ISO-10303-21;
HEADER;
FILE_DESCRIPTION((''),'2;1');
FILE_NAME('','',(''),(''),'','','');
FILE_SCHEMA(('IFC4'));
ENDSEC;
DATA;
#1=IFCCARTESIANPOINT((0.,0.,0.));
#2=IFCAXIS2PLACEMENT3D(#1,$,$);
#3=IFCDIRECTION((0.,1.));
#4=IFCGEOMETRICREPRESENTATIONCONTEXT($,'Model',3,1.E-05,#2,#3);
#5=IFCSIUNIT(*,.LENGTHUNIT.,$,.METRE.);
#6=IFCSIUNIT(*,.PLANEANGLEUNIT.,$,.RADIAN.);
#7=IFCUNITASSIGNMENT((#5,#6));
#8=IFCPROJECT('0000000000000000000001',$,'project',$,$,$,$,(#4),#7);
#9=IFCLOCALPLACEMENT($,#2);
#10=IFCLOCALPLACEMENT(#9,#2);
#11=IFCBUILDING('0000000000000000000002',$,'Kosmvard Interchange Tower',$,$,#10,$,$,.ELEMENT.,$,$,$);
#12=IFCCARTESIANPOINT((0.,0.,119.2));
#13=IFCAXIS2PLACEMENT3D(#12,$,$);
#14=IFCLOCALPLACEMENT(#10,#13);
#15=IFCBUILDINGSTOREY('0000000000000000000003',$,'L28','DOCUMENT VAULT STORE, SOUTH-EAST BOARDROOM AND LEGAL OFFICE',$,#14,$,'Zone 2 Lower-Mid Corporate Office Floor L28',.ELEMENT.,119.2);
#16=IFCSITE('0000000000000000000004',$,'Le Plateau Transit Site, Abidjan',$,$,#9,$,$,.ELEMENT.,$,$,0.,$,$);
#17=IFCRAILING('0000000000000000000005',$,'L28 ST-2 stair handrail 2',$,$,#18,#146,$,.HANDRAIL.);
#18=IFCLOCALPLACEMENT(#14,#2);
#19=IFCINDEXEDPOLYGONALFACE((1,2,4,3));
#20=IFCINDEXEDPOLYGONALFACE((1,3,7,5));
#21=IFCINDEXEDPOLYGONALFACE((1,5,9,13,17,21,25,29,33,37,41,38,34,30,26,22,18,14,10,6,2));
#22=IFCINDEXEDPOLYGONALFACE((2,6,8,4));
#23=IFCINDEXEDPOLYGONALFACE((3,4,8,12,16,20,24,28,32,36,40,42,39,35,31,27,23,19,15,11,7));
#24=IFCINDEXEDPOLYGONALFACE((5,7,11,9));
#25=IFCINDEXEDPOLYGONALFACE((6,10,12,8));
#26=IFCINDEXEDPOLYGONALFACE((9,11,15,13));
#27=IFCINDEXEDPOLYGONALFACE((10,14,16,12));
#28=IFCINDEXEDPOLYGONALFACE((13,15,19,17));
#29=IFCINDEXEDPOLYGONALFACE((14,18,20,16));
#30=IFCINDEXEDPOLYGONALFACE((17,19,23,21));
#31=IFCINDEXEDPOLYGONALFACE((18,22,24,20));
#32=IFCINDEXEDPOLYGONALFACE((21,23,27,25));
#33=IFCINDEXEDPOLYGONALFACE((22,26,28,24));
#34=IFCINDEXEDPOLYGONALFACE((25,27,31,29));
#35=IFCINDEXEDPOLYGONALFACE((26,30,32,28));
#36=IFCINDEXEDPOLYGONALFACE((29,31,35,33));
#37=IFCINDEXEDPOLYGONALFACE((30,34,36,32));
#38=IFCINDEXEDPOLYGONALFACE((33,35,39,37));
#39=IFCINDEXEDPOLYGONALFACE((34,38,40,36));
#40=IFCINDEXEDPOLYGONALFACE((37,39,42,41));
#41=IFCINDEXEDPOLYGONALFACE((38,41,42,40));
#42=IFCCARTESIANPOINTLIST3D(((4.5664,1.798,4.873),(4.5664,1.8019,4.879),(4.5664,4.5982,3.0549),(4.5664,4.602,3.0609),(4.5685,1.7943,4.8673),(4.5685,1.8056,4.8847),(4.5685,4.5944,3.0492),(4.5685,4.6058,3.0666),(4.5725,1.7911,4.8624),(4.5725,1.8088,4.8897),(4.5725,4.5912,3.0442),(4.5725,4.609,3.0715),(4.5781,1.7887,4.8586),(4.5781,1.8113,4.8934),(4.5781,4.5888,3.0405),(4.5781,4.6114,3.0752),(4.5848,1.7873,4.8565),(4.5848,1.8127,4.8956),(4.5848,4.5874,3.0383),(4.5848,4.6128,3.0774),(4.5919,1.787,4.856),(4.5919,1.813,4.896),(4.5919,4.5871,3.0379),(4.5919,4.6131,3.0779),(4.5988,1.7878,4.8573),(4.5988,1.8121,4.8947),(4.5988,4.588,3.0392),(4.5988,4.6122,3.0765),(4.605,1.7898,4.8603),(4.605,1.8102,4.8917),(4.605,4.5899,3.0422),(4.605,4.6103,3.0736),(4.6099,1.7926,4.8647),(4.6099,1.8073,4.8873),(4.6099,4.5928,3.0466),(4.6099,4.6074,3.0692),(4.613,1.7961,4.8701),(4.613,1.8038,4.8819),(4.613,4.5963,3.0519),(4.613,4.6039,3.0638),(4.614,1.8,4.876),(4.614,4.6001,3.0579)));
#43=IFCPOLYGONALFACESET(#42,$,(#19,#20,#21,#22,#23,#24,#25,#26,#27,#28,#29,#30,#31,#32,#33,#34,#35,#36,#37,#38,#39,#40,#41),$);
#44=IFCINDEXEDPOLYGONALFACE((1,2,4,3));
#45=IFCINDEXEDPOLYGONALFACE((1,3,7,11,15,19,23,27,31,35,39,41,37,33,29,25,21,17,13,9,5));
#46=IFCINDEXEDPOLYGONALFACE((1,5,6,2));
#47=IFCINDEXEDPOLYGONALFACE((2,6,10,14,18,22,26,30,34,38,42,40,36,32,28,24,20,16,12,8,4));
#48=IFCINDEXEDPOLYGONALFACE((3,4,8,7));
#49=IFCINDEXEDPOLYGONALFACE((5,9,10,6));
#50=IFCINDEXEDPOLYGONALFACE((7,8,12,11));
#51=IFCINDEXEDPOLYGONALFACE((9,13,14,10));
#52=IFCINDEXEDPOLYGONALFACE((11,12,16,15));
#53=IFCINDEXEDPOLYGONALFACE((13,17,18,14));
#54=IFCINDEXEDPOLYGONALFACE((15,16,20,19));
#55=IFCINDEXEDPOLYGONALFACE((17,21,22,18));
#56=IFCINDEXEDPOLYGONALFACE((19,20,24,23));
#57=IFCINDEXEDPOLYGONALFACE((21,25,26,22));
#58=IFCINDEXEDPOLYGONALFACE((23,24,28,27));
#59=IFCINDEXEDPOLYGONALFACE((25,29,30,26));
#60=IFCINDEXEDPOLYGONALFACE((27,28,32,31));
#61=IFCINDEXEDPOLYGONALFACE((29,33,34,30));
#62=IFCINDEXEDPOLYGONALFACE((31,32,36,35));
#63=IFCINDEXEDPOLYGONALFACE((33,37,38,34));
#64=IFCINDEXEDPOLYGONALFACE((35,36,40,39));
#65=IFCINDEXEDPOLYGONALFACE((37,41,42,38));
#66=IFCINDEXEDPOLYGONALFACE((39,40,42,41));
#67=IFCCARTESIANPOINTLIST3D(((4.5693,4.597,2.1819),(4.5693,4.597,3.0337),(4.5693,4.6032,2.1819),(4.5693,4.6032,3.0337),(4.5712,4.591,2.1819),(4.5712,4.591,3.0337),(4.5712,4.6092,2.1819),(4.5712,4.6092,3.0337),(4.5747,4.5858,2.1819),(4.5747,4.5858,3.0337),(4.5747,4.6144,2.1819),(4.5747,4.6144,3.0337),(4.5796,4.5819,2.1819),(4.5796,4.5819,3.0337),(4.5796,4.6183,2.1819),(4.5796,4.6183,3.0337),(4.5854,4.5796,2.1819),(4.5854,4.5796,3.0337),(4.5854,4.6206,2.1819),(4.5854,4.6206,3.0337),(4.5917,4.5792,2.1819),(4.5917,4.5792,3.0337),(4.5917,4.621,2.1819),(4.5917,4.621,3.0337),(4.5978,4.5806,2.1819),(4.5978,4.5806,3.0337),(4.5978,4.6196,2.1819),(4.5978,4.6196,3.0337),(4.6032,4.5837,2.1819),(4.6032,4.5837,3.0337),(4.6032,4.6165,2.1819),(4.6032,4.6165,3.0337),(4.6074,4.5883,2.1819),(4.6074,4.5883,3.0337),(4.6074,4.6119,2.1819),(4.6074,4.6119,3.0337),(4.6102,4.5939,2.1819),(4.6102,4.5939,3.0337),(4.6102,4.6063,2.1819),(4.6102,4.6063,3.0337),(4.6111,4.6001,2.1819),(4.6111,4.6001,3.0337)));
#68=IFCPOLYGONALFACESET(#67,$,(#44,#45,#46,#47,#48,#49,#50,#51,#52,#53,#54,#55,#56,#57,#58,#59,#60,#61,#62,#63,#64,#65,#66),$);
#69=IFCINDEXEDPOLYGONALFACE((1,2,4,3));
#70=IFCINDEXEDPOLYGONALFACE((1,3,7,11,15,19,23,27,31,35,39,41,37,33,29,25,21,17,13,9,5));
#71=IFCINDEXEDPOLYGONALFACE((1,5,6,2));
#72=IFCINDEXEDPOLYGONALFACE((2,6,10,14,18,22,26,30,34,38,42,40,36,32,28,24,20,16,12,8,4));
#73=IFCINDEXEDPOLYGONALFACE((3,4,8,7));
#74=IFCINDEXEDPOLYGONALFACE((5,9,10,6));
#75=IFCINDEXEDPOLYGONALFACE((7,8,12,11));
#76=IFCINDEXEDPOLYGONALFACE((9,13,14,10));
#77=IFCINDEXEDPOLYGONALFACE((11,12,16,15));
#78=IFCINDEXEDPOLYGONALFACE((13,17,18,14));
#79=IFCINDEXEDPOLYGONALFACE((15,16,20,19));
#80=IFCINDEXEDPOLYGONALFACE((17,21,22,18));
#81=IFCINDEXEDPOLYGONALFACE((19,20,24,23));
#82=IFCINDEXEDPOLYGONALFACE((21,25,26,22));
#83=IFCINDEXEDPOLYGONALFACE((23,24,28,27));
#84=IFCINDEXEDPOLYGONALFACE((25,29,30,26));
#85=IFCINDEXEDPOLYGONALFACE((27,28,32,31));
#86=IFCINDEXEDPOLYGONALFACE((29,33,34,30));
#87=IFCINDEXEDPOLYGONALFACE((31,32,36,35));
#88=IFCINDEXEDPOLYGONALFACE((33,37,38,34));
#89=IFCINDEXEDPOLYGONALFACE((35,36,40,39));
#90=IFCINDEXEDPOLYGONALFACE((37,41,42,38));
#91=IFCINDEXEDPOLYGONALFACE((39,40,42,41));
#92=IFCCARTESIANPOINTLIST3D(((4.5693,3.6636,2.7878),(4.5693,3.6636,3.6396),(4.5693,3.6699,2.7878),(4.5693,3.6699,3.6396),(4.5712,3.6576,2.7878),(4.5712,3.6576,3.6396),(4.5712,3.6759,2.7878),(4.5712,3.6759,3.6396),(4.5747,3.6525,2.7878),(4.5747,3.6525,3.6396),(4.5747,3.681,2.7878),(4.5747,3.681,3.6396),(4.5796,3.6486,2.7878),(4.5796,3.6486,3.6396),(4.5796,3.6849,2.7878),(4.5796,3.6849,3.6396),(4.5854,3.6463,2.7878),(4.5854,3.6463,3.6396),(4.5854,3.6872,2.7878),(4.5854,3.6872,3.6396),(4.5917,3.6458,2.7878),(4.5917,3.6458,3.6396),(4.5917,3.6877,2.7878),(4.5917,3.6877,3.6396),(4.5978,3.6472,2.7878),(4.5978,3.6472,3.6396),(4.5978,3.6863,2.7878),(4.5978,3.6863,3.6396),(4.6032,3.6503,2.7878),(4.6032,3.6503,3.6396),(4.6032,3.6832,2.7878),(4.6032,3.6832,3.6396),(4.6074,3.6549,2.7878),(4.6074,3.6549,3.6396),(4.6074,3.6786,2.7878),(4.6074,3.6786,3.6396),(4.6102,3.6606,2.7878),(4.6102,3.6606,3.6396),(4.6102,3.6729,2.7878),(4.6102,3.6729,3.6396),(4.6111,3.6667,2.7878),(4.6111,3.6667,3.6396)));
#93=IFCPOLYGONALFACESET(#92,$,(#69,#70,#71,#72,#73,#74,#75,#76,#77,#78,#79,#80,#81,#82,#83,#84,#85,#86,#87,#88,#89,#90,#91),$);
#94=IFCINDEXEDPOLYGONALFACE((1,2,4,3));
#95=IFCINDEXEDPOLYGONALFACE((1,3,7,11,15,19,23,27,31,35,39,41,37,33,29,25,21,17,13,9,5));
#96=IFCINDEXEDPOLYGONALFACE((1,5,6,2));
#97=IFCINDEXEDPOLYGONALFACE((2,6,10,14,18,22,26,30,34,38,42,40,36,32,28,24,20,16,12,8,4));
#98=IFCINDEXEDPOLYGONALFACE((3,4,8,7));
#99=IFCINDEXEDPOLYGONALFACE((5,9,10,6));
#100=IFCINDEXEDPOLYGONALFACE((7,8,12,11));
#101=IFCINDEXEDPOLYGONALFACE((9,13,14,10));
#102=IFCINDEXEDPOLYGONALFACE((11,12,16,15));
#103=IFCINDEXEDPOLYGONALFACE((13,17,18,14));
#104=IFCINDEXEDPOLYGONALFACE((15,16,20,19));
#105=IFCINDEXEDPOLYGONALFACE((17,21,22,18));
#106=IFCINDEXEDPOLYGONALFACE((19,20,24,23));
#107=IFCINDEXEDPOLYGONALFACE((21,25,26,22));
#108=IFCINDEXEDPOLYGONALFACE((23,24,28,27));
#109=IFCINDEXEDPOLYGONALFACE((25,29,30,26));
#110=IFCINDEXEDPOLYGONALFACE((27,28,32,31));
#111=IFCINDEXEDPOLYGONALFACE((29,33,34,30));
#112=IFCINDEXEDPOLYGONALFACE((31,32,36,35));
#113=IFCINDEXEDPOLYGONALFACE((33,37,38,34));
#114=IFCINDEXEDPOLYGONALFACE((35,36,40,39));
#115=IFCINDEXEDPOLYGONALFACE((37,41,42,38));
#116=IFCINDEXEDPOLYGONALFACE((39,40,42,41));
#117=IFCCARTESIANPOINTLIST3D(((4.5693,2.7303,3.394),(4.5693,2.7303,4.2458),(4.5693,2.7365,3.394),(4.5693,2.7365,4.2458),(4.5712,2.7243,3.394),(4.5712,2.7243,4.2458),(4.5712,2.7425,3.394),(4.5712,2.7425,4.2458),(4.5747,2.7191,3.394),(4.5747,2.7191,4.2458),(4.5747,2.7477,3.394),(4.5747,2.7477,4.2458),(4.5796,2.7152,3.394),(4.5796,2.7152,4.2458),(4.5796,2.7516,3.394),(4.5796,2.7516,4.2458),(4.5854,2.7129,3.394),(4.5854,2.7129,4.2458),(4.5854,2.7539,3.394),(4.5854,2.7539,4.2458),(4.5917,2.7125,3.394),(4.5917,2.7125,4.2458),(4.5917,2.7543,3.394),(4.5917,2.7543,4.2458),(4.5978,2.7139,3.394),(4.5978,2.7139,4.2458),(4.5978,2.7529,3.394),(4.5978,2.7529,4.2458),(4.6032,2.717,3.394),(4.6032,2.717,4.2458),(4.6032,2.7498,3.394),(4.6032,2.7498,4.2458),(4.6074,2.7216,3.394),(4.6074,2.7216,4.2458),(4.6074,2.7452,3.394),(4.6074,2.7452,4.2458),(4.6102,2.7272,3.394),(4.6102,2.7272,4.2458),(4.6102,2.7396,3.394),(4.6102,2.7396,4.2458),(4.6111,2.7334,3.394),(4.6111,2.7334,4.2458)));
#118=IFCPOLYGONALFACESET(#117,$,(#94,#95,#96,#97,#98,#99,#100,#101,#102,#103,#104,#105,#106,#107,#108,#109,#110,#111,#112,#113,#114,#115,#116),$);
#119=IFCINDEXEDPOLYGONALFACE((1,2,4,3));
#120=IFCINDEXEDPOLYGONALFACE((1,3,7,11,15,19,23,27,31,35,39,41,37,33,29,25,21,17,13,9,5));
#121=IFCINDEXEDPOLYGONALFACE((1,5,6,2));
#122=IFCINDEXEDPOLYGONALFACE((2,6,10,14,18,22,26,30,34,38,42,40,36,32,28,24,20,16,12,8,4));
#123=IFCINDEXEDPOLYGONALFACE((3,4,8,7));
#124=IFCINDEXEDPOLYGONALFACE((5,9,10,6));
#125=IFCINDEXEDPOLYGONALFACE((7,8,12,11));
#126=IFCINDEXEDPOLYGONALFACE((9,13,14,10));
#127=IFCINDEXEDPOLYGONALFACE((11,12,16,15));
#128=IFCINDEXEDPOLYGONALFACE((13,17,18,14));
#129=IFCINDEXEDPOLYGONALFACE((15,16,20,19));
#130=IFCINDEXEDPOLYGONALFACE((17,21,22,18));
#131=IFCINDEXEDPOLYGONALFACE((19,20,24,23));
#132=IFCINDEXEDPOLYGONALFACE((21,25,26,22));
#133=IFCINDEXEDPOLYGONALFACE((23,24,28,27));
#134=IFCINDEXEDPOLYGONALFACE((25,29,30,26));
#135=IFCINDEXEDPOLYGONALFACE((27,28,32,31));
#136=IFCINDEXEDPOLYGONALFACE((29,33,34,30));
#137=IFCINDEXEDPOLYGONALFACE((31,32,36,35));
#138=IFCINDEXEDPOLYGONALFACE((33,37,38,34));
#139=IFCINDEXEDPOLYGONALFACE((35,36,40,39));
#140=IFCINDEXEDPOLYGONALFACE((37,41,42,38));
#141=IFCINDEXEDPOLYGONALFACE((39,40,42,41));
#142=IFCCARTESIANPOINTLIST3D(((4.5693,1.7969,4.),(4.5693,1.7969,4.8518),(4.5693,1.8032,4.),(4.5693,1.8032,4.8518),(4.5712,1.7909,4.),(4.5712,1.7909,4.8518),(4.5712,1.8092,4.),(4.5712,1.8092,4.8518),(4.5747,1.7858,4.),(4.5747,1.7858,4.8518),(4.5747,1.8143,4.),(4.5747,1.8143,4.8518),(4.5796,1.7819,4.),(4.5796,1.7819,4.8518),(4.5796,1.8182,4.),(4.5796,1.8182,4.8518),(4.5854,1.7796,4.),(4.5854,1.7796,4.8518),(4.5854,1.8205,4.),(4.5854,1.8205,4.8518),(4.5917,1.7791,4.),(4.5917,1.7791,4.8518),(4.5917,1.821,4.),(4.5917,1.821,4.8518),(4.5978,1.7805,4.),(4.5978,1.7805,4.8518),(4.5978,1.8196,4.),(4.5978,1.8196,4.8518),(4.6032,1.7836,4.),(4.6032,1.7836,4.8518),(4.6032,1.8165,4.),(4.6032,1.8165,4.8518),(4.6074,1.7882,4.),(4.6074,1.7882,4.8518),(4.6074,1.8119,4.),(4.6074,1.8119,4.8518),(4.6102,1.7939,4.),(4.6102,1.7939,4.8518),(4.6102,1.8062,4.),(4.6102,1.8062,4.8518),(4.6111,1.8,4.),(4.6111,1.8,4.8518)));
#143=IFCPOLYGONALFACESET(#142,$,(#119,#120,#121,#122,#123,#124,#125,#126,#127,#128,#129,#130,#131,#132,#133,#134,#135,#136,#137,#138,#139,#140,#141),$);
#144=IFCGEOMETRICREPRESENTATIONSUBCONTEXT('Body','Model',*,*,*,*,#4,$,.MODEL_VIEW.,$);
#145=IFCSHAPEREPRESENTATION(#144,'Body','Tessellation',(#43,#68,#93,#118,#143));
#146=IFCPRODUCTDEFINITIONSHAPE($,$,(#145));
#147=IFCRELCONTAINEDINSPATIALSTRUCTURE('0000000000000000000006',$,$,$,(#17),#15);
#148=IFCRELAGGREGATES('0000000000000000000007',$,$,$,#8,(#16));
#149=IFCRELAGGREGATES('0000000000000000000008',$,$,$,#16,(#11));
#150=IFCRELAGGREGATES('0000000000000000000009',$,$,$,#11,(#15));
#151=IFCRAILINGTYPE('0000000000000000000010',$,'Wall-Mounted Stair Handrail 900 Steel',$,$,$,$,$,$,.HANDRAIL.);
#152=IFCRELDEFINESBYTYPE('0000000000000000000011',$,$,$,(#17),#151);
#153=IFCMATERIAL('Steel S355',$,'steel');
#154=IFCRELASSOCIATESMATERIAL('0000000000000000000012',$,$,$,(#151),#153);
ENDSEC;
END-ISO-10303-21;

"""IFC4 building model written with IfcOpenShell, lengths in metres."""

from ifc_helpers import new_model, si_unit, direction, frame, origin, origin_2d, place, context, subcontext, project, spatial, circle, extrude, source, transform, mapped, material, type_object, element, save


model = new_model("IFC4")

# Units and contexts
model_context = context("Model", 3, precision=1e-05, world=origin(), true_north=direction((0.0, 1.0)))
body_context = subcontext(model_context, "Body", "Model", "MODEL_VIEW")
ifc_project = project(units=[si_unit("LENGTHUNIT", "METRE"), si_unit("PLANEANGLEUNIT", "RADIAN")], contexts=[model_context])

# Site, building, storey
site_placement = place(None, origin())
site = spatial("IfcSite", under=ifc_project, at=site_placement, Name="Le Plateau Transit Site, Abidjan", CompositionType="ELEMENT", RefElevation=0.0)
building_placement = place(site_placement, origin())
building = spatial("IfcBuilding", under=site, at=building_placement, Name="Kosmvard Interchange Tower", CompositionType="ELEMENT")
storey_placement = place(building_placement, frame((0.0, 0.0, 119.2)))
storey = spatial("IfcBuildingStorey", under=building, at=storey_placement, Name="L28", Description="DOCUMENT VAULT STORE, SOUTH-EAST BOARDROOM AND LEGAL OFFICE", LongName="Zone 2 Lower-Mid Corporate Office Floor L28", CompositionType="ELEMENT", Elevation=119.2)

# Shared definitions
ifc_material_1 = material(Name="Steel S355", Category="steel")

# Railing
railing_type_1 = type_object("IfcRailingType", Name="Wall-Mounted Stair Handrail 900 Steel", PredefinedType="HANDRAIL", material=ifc_material_1)
shared_shape_1 = source(origin(), body_context, "Body", "SweptSolid", [
    extrude(circle(Radius=0.0239, at=origin_2d()), frame((0.0, 0.0, 0.876), z_axis=(0.0, -0.838706, 0.544585), x_axis=(1.0, 0.0, 0.0)), (0.0, 0.0, 1.0), 3.3386),
    extrude(circle(Radius=0.021, at=origin_2d()), origin(), (0.0, 0.0, 1.0), 0.8518),
    extrude(circle(Radius=0.021, at=origin_2d()), frame((0.0, -0.9333, 0.606)), (0.0, 0.0, 1.0), 0.8518),
    extrude(circle(Radius=0.021, at=origin_2d()), frame((0.0, -1.8667, 1.2122)), (0.0, 0.0, 1.0), 0.8518),
    extrude(circle(Radius=0.021, at=origin_2d()), frame((0.0, -2.8, 1.8181)), (0.0, 0.0, 1.0), 0.8518),
])
railing_1_placement = place(storey_placement, frame((4.5901, 4.6001, 2.1819)))
element("IfcRailing", 1, at=railing_1_placement, inside=storey, type_object=railing_type_1, Name="L28 ST-2 stair handrail 2", PredefinedType="HANDRAIL", context=body_context, shape_type="MappedRepresentation", body=[
    mapped(shared_shape_1, transform((0.0, 0.0, 0.0), scale=1.0)),
])

save(model, "model.ifc")
